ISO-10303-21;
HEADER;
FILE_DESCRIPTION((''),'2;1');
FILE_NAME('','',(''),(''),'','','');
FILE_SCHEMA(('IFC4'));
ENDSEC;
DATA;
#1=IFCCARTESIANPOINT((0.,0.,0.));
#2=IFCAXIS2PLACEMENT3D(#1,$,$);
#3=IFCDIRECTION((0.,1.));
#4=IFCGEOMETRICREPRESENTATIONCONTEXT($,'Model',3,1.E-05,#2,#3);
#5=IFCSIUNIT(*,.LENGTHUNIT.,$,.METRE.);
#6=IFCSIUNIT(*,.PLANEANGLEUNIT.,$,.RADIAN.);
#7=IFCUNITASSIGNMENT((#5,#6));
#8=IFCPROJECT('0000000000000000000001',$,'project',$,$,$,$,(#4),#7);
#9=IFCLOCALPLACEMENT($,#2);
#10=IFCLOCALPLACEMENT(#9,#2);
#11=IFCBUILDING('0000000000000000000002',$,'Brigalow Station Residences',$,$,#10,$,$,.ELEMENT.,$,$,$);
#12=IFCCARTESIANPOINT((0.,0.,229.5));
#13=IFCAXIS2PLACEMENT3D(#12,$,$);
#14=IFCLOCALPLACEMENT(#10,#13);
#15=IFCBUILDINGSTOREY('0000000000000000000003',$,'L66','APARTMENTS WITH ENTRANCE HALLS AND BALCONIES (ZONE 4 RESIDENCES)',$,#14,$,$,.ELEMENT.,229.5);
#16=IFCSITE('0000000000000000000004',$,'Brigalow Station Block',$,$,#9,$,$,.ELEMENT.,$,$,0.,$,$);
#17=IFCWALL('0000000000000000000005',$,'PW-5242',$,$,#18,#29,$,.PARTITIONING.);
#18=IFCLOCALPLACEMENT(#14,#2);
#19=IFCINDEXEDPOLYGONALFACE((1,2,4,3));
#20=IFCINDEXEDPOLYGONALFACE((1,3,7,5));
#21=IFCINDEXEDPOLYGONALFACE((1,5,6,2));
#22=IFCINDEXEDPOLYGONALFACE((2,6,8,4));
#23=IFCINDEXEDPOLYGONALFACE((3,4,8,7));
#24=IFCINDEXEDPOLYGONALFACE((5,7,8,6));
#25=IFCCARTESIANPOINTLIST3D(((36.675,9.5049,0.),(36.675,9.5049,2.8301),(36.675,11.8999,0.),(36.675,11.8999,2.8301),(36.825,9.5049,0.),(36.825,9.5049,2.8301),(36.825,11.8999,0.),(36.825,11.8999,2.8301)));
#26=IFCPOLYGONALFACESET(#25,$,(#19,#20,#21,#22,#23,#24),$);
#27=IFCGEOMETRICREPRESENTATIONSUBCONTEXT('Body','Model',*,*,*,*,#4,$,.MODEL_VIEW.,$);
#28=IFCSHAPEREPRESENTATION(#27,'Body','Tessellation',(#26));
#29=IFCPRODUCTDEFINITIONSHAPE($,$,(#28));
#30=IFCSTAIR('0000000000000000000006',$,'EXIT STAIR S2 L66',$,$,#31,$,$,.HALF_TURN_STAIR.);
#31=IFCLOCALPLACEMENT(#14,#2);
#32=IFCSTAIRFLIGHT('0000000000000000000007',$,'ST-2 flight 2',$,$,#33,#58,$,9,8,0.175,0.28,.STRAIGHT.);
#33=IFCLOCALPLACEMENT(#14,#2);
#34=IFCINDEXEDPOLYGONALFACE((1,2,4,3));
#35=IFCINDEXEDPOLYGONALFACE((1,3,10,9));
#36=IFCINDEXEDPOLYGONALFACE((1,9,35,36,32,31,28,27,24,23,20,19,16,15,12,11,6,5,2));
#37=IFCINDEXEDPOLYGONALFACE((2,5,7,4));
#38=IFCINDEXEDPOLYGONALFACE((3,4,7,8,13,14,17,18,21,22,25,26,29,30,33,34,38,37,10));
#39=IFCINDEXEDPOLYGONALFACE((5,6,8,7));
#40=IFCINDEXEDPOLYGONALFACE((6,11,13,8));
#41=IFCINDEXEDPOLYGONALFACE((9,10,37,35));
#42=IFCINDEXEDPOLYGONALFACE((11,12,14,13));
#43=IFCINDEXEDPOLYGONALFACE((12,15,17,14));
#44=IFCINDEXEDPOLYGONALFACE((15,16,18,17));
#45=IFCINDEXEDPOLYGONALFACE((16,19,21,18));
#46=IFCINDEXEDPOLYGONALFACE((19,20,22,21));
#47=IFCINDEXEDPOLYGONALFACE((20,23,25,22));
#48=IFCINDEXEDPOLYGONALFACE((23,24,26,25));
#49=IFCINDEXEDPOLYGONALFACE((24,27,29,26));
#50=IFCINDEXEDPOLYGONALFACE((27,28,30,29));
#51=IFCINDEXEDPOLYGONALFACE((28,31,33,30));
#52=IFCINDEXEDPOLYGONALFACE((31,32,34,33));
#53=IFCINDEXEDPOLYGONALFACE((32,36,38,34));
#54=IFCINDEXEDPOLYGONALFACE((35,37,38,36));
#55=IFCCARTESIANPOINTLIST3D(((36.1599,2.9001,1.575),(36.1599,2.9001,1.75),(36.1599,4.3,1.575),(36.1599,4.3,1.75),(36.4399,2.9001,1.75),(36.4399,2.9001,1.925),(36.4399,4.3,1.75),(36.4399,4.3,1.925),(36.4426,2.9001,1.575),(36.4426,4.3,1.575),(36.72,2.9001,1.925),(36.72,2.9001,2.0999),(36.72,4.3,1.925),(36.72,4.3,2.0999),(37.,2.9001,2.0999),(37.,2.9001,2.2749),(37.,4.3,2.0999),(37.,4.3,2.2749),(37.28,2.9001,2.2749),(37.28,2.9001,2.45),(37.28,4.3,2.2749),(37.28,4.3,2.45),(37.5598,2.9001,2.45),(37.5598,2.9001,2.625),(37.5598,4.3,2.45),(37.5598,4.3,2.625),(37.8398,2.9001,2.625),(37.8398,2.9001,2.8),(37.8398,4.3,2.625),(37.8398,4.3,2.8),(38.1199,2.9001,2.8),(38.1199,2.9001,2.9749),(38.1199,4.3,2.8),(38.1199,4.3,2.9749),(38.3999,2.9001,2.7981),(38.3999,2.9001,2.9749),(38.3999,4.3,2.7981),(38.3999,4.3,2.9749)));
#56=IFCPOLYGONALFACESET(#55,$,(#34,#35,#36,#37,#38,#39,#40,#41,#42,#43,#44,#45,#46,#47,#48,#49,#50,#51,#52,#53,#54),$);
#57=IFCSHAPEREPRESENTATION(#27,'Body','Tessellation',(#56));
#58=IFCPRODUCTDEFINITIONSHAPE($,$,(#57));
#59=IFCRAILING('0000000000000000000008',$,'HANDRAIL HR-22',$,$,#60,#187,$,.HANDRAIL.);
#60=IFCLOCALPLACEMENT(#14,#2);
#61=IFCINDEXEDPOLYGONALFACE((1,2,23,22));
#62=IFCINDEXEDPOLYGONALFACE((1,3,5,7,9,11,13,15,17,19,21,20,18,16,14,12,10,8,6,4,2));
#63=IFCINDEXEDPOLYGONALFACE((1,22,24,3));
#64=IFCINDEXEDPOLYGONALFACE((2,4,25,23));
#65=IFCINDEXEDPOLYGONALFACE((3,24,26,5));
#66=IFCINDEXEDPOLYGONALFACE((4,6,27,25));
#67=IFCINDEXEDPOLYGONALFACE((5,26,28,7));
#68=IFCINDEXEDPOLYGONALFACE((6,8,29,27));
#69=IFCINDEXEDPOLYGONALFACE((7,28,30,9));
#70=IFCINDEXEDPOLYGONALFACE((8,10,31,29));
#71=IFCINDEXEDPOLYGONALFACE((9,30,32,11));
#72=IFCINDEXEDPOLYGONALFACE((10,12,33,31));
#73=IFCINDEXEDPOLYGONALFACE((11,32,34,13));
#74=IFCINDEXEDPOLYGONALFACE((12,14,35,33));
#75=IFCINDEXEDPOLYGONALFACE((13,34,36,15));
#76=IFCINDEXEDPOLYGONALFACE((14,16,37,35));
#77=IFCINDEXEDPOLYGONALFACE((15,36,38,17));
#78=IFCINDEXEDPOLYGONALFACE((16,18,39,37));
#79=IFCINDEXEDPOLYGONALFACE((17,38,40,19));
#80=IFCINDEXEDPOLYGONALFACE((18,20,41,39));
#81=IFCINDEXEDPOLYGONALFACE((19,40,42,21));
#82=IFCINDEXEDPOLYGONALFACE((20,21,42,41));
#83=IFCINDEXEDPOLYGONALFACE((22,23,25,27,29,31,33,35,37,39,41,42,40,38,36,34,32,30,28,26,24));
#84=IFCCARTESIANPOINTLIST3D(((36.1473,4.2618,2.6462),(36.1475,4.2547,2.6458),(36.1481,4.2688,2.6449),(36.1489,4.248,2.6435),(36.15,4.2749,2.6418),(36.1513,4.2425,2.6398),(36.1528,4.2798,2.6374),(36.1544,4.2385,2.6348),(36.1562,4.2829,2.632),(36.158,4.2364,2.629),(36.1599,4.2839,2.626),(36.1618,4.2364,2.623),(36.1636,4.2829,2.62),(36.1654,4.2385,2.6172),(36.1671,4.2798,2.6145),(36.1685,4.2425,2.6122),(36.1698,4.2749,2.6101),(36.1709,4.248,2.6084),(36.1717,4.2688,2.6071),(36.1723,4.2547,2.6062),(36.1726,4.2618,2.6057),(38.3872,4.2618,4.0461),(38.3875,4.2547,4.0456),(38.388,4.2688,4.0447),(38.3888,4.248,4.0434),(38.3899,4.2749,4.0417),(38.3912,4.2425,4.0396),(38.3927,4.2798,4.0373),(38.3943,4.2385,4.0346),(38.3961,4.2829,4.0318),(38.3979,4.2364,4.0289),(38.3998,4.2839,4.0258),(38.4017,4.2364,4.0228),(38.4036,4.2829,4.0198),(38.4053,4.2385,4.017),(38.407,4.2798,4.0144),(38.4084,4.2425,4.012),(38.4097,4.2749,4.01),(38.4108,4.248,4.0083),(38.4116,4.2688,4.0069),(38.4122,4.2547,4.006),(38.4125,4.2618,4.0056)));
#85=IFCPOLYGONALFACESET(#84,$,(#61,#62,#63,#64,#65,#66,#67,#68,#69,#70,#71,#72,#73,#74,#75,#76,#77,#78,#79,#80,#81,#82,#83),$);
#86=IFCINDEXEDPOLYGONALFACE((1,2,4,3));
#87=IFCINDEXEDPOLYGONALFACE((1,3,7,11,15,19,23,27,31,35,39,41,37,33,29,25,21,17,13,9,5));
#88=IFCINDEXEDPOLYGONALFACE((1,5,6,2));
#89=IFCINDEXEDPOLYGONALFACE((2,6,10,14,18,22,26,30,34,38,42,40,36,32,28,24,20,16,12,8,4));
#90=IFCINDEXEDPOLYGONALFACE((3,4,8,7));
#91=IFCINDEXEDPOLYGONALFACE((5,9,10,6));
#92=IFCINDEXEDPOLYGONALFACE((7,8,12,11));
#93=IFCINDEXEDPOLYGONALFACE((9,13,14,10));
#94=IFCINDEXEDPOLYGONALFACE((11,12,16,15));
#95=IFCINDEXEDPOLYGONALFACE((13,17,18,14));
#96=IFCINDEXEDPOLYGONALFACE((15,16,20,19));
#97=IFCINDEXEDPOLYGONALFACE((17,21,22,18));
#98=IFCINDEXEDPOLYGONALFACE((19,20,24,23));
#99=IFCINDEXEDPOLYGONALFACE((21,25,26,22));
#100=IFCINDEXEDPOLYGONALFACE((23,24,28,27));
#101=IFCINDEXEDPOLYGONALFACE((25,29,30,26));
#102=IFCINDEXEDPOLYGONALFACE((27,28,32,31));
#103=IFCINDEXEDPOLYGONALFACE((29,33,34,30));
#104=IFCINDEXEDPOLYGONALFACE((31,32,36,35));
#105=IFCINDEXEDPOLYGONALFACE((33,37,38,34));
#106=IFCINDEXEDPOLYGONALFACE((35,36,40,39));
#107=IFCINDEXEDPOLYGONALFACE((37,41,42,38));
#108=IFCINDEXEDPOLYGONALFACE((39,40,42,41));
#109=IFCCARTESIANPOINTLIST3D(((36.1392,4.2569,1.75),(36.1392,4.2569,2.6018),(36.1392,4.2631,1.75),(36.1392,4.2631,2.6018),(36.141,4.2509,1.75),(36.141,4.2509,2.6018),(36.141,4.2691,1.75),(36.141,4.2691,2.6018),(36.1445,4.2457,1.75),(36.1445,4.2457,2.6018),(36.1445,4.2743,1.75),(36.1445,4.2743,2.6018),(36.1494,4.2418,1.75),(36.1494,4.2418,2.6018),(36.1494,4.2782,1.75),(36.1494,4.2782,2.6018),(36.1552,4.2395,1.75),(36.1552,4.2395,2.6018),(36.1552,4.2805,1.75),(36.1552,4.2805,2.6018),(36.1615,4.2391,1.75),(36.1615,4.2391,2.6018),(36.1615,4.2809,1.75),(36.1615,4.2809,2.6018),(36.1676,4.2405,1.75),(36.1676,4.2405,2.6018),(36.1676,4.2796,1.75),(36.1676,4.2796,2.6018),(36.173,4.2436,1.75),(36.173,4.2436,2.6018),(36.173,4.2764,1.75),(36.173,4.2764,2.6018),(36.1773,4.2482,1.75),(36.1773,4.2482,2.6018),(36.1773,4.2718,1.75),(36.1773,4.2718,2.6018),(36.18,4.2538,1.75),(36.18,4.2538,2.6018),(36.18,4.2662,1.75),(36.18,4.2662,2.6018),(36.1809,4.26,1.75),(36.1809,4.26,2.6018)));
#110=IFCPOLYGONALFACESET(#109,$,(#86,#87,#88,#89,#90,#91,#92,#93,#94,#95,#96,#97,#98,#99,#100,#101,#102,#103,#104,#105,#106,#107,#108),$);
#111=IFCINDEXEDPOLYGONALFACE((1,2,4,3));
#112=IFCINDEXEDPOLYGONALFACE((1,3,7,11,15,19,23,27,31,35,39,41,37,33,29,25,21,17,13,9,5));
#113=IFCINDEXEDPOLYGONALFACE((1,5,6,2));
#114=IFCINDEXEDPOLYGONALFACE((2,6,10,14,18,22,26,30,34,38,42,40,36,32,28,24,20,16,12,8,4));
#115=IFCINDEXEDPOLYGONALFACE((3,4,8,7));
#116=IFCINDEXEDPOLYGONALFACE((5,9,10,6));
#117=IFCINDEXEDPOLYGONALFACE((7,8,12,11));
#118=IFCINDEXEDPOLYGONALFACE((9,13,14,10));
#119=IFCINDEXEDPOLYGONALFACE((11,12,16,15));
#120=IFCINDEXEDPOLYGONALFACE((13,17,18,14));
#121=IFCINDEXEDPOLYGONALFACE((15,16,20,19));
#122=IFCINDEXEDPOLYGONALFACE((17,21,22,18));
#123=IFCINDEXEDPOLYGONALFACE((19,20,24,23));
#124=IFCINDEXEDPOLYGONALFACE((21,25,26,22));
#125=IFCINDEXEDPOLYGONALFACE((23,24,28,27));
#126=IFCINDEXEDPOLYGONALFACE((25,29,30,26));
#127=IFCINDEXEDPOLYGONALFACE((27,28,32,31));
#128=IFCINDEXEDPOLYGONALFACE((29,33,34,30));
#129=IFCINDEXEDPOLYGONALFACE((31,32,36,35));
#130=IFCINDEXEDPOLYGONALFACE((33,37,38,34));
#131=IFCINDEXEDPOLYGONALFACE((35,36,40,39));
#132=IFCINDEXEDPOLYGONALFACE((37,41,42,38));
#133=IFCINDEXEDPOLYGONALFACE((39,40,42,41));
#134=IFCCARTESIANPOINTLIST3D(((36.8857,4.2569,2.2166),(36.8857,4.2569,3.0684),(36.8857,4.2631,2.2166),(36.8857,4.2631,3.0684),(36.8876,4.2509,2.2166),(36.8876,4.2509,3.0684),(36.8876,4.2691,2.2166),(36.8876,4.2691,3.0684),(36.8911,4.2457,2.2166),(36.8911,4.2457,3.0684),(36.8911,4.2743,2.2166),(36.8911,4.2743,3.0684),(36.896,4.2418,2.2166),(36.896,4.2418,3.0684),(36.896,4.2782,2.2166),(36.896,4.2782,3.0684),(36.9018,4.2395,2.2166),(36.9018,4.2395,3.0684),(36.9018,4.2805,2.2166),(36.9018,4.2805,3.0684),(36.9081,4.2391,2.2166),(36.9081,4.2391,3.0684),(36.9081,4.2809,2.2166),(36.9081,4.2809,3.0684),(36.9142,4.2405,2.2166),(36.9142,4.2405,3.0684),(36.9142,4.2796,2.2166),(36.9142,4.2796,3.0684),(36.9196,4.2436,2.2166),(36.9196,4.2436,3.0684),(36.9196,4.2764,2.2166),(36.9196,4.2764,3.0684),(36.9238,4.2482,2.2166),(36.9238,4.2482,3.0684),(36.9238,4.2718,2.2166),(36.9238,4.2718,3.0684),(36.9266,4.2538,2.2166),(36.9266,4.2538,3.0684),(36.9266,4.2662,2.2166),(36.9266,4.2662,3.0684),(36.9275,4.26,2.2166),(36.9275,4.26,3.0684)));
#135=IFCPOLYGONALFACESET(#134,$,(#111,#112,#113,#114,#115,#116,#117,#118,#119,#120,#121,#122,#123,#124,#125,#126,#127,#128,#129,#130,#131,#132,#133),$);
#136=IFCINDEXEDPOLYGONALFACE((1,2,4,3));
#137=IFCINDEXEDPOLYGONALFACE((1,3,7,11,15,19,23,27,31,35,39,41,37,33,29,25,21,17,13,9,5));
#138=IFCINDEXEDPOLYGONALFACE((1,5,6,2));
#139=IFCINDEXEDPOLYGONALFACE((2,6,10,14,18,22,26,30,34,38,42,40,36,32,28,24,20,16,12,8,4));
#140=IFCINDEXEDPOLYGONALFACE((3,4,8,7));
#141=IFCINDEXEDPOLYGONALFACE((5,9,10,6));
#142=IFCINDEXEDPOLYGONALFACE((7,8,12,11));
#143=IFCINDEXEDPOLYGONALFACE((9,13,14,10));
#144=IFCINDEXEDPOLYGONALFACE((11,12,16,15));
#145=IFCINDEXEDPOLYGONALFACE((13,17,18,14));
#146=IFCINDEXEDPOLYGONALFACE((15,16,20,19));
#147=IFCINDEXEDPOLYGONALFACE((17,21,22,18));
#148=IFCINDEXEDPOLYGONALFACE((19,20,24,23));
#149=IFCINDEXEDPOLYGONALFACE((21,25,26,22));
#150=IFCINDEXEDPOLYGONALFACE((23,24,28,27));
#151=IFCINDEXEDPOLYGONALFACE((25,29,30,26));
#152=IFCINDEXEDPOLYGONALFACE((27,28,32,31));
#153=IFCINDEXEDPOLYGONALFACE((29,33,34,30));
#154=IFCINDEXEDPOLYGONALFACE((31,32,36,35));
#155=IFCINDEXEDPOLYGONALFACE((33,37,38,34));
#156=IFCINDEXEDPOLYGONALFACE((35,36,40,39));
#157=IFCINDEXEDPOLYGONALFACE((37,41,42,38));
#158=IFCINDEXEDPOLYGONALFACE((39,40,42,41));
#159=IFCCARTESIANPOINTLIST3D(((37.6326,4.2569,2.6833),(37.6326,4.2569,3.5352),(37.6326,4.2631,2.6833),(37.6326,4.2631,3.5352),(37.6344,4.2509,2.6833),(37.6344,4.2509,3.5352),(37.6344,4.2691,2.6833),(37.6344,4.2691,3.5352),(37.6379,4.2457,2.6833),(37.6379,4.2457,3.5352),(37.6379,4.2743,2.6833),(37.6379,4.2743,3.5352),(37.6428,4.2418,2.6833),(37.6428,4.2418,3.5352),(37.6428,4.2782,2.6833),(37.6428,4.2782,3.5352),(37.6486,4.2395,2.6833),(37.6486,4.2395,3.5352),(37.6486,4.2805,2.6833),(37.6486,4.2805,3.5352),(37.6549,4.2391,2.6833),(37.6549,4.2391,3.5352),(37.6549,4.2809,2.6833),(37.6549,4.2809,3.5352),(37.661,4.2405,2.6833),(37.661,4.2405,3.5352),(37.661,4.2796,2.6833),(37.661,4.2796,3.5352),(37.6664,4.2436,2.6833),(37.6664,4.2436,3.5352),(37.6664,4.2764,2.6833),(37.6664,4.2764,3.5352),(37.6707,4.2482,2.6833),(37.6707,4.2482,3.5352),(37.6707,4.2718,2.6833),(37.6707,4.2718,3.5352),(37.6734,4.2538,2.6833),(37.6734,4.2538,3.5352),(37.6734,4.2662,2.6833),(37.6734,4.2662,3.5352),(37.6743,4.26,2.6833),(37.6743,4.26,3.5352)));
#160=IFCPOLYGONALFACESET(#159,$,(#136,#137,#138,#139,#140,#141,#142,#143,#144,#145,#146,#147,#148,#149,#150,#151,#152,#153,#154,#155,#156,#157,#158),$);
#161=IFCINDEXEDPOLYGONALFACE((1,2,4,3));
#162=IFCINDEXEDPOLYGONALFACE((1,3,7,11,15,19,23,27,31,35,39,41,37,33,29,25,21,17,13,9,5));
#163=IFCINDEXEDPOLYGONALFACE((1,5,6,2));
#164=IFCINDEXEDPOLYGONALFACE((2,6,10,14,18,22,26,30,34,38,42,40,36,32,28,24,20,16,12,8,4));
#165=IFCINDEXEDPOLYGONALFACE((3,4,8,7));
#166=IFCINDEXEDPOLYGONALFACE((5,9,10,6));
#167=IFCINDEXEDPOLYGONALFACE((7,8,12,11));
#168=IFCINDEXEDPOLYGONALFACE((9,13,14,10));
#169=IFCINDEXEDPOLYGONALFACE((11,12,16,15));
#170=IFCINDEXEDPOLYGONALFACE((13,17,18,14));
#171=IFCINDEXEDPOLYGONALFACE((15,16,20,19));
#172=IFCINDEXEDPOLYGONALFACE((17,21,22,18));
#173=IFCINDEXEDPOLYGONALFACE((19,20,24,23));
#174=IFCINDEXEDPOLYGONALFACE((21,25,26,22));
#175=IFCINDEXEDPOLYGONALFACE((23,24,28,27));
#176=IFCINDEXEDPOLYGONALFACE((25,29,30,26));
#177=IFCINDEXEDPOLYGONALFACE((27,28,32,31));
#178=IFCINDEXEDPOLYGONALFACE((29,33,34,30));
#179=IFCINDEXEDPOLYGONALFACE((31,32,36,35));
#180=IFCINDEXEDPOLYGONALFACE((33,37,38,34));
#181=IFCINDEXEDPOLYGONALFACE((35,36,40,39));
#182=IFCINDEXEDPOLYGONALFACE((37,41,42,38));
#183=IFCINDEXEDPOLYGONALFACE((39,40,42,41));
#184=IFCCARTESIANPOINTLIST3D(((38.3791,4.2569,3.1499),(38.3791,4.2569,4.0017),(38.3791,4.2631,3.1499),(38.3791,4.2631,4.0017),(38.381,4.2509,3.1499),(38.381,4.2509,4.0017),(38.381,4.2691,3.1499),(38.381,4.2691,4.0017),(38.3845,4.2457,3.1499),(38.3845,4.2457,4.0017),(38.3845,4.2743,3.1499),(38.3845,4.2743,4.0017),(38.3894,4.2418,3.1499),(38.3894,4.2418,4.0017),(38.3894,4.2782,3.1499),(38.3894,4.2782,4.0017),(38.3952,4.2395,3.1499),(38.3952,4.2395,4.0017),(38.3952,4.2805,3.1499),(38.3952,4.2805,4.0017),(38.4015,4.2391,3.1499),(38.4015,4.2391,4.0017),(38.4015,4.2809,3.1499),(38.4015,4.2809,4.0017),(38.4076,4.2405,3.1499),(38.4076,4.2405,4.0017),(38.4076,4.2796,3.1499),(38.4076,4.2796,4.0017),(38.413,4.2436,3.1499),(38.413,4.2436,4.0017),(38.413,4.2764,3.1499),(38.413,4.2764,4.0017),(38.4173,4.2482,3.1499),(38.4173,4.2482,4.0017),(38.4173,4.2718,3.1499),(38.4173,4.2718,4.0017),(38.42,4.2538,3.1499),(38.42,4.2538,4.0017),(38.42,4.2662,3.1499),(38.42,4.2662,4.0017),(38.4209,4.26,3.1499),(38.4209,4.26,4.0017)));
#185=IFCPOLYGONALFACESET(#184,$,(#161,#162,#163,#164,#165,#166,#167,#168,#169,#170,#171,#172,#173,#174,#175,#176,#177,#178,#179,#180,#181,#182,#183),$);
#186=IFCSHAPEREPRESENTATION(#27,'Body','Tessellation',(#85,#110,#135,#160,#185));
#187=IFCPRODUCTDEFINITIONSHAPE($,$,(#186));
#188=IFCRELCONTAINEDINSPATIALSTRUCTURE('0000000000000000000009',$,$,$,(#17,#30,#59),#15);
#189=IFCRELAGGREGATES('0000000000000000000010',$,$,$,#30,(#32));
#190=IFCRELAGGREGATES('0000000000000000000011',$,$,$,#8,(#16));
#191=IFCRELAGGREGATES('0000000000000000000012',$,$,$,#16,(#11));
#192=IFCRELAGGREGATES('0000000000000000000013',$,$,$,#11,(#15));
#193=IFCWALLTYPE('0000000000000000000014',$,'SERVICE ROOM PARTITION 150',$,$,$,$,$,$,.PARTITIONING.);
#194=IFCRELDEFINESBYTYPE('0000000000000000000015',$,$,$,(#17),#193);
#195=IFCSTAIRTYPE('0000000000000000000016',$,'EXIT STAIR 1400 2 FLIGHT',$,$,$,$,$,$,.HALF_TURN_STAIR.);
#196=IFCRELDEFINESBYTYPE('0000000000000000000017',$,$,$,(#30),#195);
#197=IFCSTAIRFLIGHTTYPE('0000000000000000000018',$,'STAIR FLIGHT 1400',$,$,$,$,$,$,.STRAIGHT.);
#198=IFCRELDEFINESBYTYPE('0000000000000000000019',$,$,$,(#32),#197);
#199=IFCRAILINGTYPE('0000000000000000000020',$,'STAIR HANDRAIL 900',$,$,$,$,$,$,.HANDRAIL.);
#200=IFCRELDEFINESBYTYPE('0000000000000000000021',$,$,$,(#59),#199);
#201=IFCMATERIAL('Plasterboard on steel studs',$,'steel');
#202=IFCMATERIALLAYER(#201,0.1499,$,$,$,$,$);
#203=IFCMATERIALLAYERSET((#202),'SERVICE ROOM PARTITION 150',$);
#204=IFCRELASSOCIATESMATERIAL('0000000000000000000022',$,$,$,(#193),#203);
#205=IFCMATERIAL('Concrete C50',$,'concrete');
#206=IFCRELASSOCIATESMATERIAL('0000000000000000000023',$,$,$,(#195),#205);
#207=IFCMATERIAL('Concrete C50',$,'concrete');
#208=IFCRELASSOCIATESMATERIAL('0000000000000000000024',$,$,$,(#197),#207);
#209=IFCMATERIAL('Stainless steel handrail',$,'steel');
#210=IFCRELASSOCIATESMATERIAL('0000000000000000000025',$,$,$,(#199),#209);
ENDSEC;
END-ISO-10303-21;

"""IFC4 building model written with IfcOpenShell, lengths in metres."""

from ifc_helpers import new_model, si_unit, direction, frame, frame_2d, origin, origin_2d, place, context, subcontext, project, spatial, polyline, rectangle, circle, outline, extrude, material, layer, layer_set, type_object, element, aggregate, save


model = new_model("IFC4")

# Units and contexts
model_context = context("Model", 3, precision=1e-05, world=origin(), true_north=direction((0.0, 1.0)))
body_context = subcontext(model_context, "Body", "Model", "MODEL_VIEW")
ifc_project = project(units=[si_unit("LENGTHUNIT", "METRE"), si_unit("PLANEANGLEUNIT", "RADIAN")], contexts=[model_context])

# Site, building, storey
site_placement = place(None, origin())
site = spatial("IfcSite", under=ifc_project, at=site_placement, Name="Brigalow Station Block", CompositionType="ELEMENT", RefElevation=0.0)
building_placement = place(site_placement, origin())
building = spatial("IfcBuilding", under=site, at=building_placement, Name="Brigalow Station Residences", CompositionType="ELEMENT")
storey_placement = place(building_placement, frame((0.0, 0.0, 229.5)))
storey = spatial("IfcBuildingStorey", under=building, at=storey_placement, Name="L66", Description="APARTMENTS WITH ENTRANCE HALLS AND BALCONIES (ZONE 4 RESIDENCES)", CompositionType="ELEMENT", Elevation=229.5)

# Wall
ifc_material_1 = material(Name="Plasterboard on steel studs", Category="steel")
ifc_layer_1 = layer(ifc_material_1, 0.1499)
ifc_layer_set_1 = layer_set([ifc_layer_1], Name="SERVICE ROOM PARTITION 150")
wall_type_1 = type_object("IfcWallType", Name="SERVICE ROOM PARTITION 150", PredefinedType="PARTITIONING", material=ifc_layer_set_1)
for number, where, z_axis, x_axis, name in (
    (1, (36.75, 9.5049, 0.0), (0.0, 0.0, 1.0), (0.0, 1.0, 0.0), "PW-5242"),
):
    element("IfcWall", number, at=place(storey_placement, frame(where, z_axis=z_axis, x_axis=x_axis)), inside=storey, type_object=wall_type_1, Name=name, PredefinedType="PARTITIONING", context=body_context, shape_type="SweptSolid", body=[
        extrude(rectangle(XDim=2.395, YDim=0.1499, at=frame_2d((1.1975, 0.0))), origin(), (0.0, 0.0, 1.0), 2.8301),
    ])

# Stair, stair flight
ifc_material_2 = material(Name="Concrete C50", Category="concrete")
stair_type = type_object("IfcStairType", Name="EXIT STAIR 1400 2 FLIGHT", PredefinedType="HALF_TURN_STAIR", material=ifc_material_2)
stair_placement = place(storey_placement, origin())
stair = element("IfcStair", 2, at=stair_placement, inside=storey, type_object=stair_type, Name="EXIT STAIR S2 L66", PredefinedType="HALF_TURN_STAIR")
ifc_material_3 = material(Name="Concrete C50", Category="concrete")
stair_flight_type = type_object("IfcStairFlightType", Name="STAIR FLIGHT 1400", PredefinedType="STRAIGHT", material=ifc_material_3)
stair_flight_placement = place(storey_placement, frame((36.1599, 3.6001, 1.575), z_axis=(0.0, 0.0, 1.0), x_axis=(1.0, 0.0, 0.0)))
stair_flight = element("IfcStairFlight", 3, at=stair_flight_placement, type_object=stair_flight_type, Name="ST-2 flight 2", NumberOfRisers=9, NumberOfTreads=8, PredefinedType="STRAIGHT", RiserHeight=0.175, TreadLength=0.28, context=body_context, shape_type="SweptSolid", body=[
    extrude(outline(polyline([(0.0, 0.0), (0.0, 0.175), (0.28, 0.175), (0.28, 0.3501), (0.5601, 0.3501), (0.5601, 0.5249), (0.8401, 0.5249), (0.8401, 0.7), (1.1201, 0.7), (1.1201, 0.875), (1.3999, 0.875), (1.3999, 1.05), (1.6799, 1.05), (1.6799, 1.2251), (1.96, 1.2251), (1.96, 1.3999), (2.24, 1.3999), (2.24, 1.575), (2.24, 1.2231), (0.2827, 0.0), (0.0, 0.0)])), frame((0.0, 0.7, 0.0), z_axis=(0.0, -1.0, 0.0), x_axis=(1.0, 0.0, 0.0)), (0.0, 0.0, 1.0), 1.3999),
])
aggregate(stair, [stair_flight])

# Railing
ifc_material_4 = material(Name="Stainless steel handrail", Category="steel")
railing_type = type_object("IfcRailingType", Name="STAIR HANDRAIL 900", PredefinedType="HANDRAIL", material=ifc_material_4)
railing_placement = place(storey_placement, frame((36.1599, 4.26, 1.75)))
element("IfcRailing", 4, at=railing_placement, inside=storey, type_object=railing_type, Name="HANDRAIL HR-22", PredefinedType="HANDRAIL", context=body_context, shape_type="SweptSolid", body=[
    extrude(circle(Radius=0.0239, at=origin_2d()), frame((0.0, 0.0, 0.876), z_axis=(0.848014, 0.0, 0.529974), x_axis=(0.0, 1.0, 0.0)), (0.0, 0.0, 1.0), 2.6414),
    extrude(circle(Radius=0.021, at=origin_2d()), origin(), (0.0, 0.0, 1.0), 0.8518),
    extrude(circle(Radius=0.021, at=origin_2d()), frame((0.7466, 0.0, 0.4666)), (0.0, 0.0, 1.0), 0.8518),
    extrude(circle(Radius=0.021, at=origin_2d()), frame((1.4934, 0.0, 0.9333)), (0.0, 0.0, 1.0), 0.8518),
    extrude(circle(Radius=0.021, at=origin_2d()), frame((2.24, 0.0, 1.3999)), (0.0, 0.0, 1.0), 0.8518),
])

save(model, "model.ifc")
